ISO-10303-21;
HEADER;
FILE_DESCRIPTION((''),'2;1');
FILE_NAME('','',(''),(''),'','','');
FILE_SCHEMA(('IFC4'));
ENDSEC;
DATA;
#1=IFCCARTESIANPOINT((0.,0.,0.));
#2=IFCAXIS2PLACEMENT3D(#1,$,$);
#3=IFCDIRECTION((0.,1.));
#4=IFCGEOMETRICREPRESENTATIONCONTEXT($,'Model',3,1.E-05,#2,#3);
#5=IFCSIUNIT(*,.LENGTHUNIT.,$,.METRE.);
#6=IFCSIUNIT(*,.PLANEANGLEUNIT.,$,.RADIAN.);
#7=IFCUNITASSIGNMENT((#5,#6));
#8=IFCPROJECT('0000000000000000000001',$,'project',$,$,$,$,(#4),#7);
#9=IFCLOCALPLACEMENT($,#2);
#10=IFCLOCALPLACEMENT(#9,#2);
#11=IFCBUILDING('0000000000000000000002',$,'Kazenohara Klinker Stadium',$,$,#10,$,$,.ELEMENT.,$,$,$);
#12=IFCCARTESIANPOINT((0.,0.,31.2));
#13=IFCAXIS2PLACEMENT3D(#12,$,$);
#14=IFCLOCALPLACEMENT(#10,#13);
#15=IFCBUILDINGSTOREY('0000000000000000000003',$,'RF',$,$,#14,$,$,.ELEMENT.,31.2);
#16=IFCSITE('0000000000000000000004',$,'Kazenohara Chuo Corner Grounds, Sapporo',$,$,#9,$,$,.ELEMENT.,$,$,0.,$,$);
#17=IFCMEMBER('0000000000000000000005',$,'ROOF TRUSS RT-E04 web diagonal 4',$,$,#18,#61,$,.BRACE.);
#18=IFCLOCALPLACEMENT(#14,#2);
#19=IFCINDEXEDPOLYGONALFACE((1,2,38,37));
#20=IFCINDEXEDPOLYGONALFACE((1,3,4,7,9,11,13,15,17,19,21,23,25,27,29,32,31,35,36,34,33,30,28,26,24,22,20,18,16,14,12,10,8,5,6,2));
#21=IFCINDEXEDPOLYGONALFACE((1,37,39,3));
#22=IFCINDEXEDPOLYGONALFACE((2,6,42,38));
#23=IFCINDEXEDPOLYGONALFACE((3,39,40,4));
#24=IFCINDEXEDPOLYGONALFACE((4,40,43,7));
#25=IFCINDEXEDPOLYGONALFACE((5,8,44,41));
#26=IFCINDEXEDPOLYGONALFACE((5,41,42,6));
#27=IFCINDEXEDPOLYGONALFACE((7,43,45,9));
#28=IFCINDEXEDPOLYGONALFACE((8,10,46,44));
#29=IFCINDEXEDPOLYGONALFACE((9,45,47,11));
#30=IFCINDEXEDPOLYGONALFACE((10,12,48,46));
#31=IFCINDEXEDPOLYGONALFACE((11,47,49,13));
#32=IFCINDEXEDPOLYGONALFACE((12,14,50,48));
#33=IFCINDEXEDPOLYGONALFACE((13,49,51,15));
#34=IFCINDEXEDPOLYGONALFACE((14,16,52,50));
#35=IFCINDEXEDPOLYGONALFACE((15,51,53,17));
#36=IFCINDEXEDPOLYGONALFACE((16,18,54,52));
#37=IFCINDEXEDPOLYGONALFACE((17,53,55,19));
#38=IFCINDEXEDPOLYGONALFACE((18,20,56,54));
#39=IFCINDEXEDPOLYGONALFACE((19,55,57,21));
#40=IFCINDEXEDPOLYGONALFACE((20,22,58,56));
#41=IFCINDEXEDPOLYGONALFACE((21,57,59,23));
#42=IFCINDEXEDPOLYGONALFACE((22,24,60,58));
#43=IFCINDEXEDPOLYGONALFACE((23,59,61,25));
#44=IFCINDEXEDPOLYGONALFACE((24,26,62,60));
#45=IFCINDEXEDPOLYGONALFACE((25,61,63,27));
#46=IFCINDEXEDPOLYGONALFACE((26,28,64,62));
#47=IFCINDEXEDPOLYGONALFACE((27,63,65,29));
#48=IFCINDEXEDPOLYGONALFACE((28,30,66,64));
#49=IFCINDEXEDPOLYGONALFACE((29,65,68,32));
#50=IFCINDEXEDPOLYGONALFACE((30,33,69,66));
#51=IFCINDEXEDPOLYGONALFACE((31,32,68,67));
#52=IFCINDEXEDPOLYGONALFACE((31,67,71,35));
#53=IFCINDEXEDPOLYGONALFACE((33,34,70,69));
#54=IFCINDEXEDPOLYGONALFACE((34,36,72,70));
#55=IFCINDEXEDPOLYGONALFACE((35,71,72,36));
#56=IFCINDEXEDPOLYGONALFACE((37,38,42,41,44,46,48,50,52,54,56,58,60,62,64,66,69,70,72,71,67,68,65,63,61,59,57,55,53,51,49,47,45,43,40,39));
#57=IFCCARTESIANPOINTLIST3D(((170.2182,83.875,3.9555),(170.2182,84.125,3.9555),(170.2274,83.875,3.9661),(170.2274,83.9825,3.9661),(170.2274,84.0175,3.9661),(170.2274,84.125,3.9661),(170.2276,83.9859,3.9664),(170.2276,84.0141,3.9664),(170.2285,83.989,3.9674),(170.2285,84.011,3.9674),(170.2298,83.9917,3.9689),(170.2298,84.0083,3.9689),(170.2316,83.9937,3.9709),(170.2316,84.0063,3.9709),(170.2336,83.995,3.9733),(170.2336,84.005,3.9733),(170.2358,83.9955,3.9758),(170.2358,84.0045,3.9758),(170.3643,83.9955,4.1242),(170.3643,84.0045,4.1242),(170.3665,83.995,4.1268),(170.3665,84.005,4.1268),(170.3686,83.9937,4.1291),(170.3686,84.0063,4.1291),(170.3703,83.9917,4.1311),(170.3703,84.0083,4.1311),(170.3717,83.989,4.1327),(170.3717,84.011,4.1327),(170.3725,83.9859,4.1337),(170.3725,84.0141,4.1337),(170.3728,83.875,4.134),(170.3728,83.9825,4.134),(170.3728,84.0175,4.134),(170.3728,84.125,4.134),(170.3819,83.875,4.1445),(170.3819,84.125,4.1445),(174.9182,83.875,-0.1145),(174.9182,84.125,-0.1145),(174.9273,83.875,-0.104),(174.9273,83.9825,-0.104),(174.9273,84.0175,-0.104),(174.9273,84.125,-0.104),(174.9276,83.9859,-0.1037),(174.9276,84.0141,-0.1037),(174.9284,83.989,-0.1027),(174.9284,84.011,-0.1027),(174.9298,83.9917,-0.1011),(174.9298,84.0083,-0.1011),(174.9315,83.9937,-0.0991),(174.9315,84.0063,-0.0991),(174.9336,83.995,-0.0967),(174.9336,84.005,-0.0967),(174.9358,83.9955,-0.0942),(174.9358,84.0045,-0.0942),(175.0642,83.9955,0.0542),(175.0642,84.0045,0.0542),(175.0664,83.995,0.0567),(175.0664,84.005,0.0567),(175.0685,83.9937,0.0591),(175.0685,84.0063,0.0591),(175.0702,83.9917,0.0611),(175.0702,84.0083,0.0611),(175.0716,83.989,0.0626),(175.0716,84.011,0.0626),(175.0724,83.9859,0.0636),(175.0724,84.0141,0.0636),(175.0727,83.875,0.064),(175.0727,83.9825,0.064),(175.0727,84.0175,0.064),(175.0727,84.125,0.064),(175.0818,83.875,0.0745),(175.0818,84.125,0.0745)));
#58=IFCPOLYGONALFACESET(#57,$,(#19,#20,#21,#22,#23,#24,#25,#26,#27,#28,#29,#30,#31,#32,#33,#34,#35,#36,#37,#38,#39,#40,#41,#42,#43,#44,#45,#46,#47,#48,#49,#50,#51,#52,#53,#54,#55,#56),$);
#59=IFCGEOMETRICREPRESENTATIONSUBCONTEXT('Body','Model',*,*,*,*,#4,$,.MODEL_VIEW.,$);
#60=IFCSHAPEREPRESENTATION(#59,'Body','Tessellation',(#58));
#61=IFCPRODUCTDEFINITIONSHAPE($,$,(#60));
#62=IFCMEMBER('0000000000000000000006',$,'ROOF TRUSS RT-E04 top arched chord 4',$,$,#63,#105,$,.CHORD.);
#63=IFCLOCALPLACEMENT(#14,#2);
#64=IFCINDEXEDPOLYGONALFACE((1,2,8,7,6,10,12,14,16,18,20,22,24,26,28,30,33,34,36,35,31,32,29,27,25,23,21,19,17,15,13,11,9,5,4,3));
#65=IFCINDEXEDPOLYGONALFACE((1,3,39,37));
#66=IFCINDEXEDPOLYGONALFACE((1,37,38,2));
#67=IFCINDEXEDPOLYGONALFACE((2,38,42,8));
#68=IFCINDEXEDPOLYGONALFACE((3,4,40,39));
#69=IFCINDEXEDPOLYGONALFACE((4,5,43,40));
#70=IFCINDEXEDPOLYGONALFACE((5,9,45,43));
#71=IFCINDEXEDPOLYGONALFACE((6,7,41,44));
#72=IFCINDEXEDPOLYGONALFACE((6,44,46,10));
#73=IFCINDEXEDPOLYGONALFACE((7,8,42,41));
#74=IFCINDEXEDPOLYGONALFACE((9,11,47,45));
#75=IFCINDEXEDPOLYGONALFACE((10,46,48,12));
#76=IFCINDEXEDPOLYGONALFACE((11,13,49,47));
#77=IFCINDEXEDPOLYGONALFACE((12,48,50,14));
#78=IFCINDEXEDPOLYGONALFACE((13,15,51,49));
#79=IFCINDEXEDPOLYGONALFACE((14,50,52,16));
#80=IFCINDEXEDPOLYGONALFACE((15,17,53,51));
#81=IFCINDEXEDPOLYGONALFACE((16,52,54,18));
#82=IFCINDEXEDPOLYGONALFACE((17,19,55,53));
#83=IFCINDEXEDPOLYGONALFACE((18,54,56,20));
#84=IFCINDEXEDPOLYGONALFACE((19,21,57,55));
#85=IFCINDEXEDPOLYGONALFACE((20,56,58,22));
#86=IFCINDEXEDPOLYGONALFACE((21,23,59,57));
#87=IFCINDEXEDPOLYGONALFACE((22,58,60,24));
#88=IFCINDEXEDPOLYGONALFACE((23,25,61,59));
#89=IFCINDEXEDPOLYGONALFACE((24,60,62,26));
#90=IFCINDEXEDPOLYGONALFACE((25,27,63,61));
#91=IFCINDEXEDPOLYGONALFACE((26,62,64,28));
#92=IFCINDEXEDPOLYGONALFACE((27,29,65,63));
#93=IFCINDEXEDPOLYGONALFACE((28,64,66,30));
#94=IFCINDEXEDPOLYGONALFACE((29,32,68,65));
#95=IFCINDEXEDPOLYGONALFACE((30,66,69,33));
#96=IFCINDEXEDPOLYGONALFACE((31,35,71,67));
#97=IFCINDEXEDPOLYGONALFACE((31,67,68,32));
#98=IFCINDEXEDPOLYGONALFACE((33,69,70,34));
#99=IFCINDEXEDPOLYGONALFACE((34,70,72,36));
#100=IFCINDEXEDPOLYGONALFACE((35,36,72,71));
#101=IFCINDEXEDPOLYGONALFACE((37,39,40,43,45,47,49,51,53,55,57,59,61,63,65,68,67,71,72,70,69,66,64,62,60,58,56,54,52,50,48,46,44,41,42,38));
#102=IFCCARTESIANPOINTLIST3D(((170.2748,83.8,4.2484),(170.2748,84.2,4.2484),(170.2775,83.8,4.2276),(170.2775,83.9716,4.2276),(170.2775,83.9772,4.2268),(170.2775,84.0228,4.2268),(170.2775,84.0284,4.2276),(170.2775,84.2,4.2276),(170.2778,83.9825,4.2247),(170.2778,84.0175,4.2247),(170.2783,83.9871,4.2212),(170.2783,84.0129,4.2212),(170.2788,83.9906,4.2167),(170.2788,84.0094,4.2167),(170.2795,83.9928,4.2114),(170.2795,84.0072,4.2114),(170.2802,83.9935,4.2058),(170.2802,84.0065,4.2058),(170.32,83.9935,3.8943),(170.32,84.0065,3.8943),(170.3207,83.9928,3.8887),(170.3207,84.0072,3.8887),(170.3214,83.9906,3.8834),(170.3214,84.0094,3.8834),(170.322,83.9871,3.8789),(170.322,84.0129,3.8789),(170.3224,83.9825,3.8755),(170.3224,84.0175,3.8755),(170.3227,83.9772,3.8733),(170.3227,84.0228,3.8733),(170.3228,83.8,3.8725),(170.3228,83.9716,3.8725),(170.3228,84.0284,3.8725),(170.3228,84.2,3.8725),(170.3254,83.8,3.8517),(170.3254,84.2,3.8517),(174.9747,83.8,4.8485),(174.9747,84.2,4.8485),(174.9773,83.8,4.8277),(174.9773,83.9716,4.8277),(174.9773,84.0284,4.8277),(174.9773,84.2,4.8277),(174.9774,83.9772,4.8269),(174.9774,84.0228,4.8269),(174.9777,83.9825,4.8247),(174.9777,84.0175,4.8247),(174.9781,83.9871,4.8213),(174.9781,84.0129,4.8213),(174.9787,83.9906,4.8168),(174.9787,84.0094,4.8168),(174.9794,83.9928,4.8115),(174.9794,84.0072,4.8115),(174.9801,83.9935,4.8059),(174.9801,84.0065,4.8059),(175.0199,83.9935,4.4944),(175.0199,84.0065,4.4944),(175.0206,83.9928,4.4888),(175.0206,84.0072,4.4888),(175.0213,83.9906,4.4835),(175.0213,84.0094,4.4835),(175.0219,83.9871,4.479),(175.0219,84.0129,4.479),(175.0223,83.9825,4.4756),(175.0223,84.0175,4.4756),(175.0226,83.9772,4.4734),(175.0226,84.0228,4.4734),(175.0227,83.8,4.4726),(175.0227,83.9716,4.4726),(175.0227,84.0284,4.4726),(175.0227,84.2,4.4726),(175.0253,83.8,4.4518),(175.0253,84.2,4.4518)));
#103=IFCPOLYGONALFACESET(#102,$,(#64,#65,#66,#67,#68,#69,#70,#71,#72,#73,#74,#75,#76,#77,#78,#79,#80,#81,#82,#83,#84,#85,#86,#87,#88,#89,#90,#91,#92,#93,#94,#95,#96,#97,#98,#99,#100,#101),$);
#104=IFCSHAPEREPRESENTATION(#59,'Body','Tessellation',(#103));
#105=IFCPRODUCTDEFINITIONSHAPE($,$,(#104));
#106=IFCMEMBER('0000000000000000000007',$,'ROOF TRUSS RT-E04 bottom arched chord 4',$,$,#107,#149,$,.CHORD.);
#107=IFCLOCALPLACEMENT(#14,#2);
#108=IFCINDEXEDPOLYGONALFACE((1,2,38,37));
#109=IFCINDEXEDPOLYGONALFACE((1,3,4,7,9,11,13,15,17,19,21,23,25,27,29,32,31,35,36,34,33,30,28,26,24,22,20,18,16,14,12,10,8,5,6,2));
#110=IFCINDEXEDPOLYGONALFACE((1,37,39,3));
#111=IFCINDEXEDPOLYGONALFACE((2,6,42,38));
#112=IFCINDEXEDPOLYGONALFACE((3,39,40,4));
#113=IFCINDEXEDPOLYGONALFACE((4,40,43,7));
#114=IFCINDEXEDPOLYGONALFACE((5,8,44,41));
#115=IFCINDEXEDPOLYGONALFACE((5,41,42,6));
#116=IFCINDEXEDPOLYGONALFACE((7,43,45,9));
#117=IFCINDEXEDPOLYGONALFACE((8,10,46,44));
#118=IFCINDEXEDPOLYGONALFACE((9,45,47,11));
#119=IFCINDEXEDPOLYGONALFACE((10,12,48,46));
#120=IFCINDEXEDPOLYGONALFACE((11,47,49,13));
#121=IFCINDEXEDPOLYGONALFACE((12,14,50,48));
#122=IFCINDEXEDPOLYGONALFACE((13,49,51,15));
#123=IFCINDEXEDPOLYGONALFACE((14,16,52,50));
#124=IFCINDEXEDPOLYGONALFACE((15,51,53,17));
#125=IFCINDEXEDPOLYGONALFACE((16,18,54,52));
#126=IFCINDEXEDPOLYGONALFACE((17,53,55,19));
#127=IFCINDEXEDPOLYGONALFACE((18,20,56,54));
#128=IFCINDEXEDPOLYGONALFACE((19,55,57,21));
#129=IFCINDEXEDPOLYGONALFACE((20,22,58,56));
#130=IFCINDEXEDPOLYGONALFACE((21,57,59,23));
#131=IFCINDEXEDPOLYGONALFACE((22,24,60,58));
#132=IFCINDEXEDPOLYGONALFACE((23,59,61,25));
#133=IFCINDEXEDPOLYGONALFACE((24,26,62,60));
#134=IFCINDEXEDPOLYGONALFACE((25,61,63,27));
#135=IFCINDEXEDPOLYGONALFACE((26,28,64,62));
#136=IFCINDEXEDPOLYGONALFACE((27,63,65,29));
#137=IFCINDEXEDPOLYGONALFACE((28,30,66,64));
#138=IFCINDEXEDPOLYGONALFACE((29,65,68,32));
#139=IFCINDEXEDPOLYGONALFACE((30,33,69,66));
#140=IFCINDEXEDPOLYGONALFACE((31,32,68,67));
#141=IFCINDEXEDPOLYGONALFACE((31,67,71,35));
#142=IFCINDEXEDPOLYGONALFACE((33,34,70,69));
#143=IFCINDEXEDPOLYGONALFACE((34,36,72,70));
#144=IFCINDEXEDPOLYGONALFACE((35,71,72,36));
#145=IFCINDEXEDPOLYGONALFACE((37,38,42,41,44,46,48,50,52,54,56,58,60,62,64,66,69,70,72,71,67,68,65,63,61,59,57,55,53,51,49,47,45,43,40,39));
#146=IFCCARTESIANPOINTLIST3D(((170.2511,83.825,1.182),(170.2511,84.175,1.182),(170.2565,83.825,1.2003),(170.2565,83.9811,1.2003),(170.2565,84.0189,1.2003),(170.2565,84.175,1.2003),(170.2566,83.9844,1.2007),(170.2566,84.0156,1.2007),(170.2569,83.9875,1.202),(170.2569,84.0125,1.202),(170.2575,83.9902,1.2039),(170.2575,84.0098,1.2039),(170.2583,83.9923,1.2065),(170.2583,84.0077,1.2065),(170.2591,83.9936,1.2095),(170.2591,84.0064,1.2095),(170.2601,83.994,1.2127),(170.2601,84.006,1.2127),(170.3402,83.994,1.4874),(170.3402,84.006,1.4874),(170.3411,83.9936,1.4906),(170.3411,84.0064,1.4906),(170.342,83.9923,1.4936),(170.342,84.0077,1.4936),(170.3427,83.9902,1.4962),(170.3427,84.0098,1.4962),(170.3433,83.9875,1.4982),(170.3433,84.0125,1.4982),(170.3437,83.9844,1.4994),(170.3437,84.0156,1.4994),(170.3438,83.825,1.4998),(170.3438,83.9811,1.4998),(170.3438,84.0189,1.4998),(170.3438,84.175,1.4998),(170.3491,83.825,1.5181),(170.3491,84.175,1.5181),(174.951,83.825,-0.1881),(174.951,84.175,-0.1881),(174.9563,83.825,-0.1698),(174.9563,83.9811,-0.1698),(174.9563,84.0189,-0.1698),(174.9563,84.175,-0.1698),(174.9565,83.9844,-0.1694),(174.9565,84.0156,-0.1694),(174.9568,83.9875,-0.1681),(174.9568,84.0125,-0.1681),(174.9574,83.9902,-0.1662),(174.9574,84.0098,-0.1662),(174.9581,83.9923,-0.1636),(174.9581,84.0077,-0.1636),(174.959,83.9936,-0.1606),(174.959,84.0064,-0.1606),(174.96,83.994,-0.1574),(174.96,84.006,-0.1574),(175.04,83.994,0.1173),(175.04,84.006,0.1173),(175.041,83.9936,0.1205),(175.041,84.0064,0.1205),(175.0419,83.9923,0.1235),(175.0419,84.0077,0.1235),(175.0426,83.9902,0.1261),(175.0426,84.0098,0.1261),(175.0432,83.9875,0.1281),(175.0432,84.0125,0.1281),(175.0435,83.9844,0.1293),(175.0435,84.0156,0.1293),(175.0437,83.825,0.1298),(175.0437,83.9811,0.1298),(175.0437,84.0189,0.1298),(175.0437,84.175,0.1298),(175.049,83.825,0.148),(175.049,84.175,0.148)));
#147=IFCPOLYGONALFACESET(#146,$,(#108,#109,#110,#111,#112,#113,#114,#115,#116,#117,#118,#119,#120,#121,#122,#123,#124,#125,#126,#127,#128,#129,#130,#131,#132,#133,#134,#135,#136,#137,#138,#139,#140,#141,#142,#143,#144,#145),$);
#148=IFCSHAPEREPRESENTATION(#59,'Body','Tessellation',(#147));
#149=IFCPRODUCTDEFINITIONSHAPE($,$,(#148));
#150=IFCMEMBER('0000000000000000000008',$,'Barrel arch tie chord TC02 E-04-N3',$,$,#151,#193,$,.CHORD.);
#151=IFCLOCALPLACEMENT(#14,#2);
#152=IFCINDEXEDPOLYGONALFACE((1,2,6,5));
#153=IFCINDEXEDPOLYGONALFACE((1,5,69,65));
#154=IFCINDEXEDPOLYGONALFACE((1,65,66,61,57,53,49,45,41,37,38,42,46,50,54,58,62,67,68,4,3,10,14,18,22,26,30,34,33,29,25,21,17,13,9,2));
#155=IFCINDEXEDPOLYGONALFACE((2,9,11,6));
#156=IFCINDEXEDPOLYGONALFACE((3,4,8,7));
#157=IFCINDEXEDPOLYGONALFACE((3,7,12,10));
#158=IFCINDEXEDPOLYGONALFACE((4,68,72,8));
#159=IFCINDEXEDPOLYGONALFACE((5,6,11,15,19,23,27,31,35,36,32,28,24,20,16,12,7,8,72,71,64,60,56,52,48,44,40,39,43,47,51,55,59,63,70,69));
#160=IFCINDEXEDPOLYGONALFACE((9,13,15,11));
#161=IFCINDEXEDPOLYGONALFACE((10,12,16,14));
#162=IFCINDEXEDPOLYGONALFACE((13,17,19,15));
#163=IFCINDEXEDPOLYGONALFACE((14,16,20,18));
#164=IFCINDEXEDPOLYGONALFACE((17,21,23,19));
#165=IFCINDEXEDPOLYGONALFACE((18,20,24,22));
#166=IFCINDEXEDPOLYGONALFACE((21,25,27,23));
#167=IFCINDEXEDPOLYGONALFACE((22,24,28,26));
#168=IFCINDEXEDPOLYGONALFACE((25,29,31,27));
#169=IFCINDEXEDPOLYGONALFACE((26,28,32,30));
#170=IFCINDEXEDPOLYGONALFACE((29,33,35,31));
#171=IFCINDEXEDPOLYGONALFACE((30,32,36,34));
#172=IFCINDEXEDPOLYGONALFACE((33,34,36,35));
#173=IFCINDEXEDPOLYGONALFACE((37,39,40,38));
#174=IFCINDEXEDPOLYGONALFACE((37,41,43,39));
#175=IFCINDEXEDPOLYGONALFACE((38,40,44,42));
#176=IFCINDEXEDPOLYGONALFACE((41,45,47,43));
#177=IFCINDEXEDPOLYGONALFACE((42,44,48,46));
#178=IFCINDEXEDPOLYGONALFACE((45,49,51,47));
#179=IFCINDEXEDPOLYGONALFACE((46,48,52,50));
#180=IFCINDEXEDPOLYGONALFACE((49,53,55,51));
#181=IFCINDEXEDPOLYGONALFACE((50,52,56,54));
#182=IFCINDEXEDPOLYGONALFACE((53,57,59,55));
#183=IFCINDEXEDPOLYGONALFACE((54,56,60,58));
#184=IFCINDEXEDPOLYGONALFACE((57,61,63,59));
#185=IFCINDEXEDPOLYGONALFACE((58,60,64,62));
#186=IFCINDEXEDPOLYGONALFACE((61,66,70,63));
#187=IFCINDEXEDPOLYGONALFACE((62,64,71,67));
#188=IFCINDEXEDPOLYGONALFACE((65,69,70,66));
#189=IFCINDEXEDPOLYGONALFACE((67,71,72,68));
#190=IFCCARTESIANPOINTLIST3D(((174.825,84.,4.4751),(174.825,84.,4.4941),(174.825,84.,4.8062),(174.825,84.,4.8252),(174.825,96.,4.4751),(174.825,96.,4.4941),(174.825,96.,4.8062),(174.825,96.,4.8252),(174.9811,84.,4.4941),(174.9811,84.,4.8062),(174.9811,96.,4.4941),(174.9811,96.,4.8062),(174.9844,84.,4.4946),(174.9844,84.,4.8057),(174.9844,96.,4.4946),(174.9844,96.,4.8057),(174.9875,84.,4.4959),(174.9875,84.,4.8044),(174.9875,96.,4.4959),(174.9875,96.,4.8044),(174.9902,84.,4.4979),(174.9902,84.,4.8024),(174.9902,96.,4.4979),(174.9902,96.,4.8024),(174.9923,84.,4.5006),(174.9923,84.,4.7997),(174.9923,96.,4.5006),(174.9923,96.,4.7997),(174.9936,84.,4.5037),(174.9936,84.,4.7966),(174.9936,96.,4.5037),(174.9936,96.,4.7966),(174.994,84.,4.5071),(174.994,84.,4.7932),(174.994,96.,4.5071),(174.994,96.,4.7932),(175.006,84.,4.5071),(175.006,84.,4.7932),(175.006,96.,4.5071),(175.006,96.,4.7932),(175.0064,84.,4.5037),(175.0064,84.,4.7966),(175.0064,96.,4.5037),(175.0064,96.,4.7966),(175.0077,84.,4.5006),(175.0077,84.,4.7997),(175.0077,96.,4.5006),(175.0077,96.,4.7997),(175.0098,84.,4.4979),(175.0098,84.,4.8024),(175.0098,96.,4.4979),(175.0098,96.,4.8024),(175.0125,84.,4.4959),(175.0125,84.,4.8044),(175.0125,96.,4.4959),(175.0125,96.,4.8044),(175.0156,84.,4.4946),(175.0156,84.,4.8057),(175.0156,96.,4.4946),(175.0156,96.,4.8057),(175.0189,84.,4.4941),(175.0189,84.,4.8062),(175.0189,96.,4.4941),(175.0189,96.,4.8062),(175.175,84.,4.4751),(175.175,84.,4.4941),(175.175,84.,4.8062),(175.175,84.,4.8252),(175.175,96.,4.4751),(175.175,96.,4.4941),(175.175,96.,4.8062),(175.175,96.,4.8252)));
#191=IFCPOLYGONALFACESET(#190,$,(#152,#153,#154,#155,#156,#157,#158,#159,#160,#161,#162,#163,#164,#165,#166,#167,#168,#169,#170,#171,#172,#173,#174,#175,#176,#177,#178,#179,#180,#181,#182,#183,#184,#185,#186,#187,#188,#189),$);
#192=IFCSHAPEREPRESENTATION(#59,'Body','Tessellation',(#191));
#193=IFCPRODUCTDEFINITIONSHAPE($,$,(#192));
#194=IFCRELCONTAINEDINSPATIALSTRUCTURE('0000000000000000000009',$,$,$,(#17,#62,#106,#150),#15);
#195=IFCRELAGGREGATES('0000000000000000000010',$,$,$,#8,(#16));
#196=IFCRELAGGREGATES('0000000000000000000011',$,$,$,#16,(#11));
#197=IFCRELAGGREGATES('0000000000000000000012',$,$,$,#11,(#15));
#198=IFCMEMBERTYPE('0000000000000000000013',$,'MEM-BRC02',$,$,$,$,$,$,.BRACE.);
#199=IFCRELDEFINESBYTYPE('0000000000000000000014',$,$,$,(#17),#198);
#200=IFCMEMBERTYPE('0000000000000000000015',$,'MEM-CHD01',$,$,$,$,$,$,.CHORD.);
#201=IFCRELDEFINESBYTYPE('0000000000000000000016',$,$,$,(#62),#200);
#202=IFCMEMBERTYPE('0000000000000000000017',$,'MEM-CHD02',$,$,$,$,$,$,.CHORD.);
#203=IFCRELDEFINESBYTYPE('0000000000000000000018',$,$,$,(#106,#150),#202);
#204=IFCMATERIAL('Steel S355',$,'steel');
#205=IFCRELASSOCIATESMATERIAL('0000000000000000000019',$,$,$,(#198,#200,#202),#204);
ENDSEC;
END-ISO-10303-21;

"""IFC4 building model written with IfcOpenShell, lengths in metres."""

from ifc_helpers import new_model, si_unit, direction, frame, origin, origin_2d, place, context, subcontext, project, spatial, i_section, extrude, material, material_profile, profile_set, type_object, element, save


model = new_model("IFC4")

# Units and contexts
model_context = context("Model", 3, precision=1e-05, world=origin(), true_north=direction((0.0, 1.0)))
body_context = subcontext(model_context, "Body", "Model", "MODEL_VIEW")
ifc_project = project(units=[si_unit("LENGTHUNIT", "METRE"), si_unit("PLANEANGLEUNIT", "RADIAN")], contexts=[model_context])

# Site, building, storey
site_placement = place(None, origin())
site = spatial("IfcSite", under=ifc_project, at=site_placement, Name="Kazenohara Chuo Corner Grounds, Sapporo", CompositionType="ELEMENT", RefElevation=0.0)
building_placement = place(site_placement, origin())
building = spatial("IfcBuilding", under=site, at=building_placement, Name="Kazenohara Klinker Stadium", CompositionType="ELEMENT")
storey_placement = place(building_placement, frame((0.0, 0.0, 31.2)))
storey = spatial("IfcBuildingStorey", under=building, at=storey_placement, Name="RF", CompositionType="ELEMENT", Elevation=31.2)

# Members
ifc_material_1 = material(Name="Steel S355", Category="steel")
ifc_material_profile_1 = material_profile(ifc_material_1, i_section(OverallWidth=0.25, OverallDepth=0.25, WebThickness=0.009, FlangeThickness=0.0139, FilletRadius=0.0129, at=origin_2d()), Name="H-250x250x9x14")
ifc_profile_set_1 = profile_set([ifc_material_profile_1], Name="Steel S355")
member_type_1 = type_object("IfcMemberType", Name="MEM-BRC02", PredefinedType="BRACE", material=ifc_profile_set_1)
member_1_placement = place(storey_placement, frame((175.0, 84.0, -0.02), z_axis=(-0.755946, 0.0, 0.654634), x_axis=(0.0, -1.0, 0.0)))
element("IfcMember", 1, at=member_1_placement, inside=storey, type_object=member_type_1, Name="ROOF TRUSS RT-E04 web diagonal 4", PredefinedType="BRACE", context=body_context, shape_type="SweptSolid", body=[
    extrude(i_section(OverallWidth=0.25, OverallDepth=0.25, WebThickness=0.009, FlangeThickness=0.0139, FilletRadius=0.0129, at=origin_2d()), origin(), (0.0, 0.0, 1.0), 6.2173),
])
ifc_material_profile_2 = material_profile(ifc_material_1, i_section(OverallWidth=0.3999, OverallDepth=0.3999, WebThickness=0.0129, FlangeThickness=0.021, FilletRadius=0.022, at=origin_2d()), Name="H-400x400x13x21")
ifc_profile_set_2 = profile_set([ifc_material_profile_2], Name="Steel S355")
member_type_2 = type_object("IfcMemberType", Name="MEM-CHD01", PredefinedType="CHORD", material=ifc_profile_set_2)
member_2_placement = place(storey_placement, frame((175.0, 84.0, 4.6501), z_axis=(-0.991947, 0.0, -0.126653), x_axis=(0.0, -1.0, 0.0)))
element("IfcMember", 2, at=member_2_placement, inside=storey, type_object=member_type_2, Name="ROOF TRUSS RT-E04 top arched chord 4", PredefinedType="CHORD", context=body_context, shape_type="SweptSolid", body=[
    extrude(i_section(OverallWidth=0.3999, OverallDepth=0.3999, WebThickness=0.0129, FlangeThickness=0.021, FilletRadius=0.022, at=origin_2d()), origin(), (0.0, 0.0, 1.0), 4.738),
])
ifc_material_profile_3 = material_profile(ifc_material_1, i_section(OverallWidth=0.3501, OverallDepth=0.3501, WebThickness=0.012, FlangeThickness=0.019, FilletRadius=0.0129, at=origin_2d()), Name="H-350x350x12x19")
ifc_profile_set_3 = profile_set([ifc_material_profile_3], Name="Steel S355")
member_type_3 = type_object("IfcMemberType", Name="MEM-CHD02", PredefinedType="CHORD", material=ifc_profile_set_3)
member_3_placement = place(storey_placement, frame((175.0, 84.0, -0.02), z_axis=(-0.960039, 0.0, 0.279868), x_axis=(0.0, -1.0, 0.0)))
element("IfcMember", 3, at=member_3_placement, inside=storey, type_object=member_type_3, Name="ROOF TRUSS RT-E04 bottom arched chord 4", PredefinedType="CHORD", context=body_context, shape_type="SweptSolid", body=[
    extrude(i_section(OverallWidth=0.3501, OverallDepth=0.3501, WebThickness=0.012, FlangeThickness=0.019, FilletRadius=0.0129, at=origin_2d()), origin(), (0.0, 0.0, 1.0), 4.8955),
])
member_4_placement = place(storey_placement, frame((175.0, 84.0, 4.6501), z_axis=(0.0, 1.0, 0.0), x_axis=(-1.0, 0.0, 0.0)))
element("IfcMember", 4, at=member_4_placement, inside=storey, type_object=member_type_3, Name="Barrel arch tie chord TC02 E-04-N3", PredefinedType="CHORD", context=body_context, shape_type="SweptSolid", body=[
    extrude(i_section(OverallWidth=0.3501, OverallDepth=0.3501, WebThickness=0.012, FlangeThickness=0.019, FilletRadius=0.0129, at=origin_2d()), origin(), (0.0, 0.0, 1.0), 12.0),
])

save(model, "model.ifc")
